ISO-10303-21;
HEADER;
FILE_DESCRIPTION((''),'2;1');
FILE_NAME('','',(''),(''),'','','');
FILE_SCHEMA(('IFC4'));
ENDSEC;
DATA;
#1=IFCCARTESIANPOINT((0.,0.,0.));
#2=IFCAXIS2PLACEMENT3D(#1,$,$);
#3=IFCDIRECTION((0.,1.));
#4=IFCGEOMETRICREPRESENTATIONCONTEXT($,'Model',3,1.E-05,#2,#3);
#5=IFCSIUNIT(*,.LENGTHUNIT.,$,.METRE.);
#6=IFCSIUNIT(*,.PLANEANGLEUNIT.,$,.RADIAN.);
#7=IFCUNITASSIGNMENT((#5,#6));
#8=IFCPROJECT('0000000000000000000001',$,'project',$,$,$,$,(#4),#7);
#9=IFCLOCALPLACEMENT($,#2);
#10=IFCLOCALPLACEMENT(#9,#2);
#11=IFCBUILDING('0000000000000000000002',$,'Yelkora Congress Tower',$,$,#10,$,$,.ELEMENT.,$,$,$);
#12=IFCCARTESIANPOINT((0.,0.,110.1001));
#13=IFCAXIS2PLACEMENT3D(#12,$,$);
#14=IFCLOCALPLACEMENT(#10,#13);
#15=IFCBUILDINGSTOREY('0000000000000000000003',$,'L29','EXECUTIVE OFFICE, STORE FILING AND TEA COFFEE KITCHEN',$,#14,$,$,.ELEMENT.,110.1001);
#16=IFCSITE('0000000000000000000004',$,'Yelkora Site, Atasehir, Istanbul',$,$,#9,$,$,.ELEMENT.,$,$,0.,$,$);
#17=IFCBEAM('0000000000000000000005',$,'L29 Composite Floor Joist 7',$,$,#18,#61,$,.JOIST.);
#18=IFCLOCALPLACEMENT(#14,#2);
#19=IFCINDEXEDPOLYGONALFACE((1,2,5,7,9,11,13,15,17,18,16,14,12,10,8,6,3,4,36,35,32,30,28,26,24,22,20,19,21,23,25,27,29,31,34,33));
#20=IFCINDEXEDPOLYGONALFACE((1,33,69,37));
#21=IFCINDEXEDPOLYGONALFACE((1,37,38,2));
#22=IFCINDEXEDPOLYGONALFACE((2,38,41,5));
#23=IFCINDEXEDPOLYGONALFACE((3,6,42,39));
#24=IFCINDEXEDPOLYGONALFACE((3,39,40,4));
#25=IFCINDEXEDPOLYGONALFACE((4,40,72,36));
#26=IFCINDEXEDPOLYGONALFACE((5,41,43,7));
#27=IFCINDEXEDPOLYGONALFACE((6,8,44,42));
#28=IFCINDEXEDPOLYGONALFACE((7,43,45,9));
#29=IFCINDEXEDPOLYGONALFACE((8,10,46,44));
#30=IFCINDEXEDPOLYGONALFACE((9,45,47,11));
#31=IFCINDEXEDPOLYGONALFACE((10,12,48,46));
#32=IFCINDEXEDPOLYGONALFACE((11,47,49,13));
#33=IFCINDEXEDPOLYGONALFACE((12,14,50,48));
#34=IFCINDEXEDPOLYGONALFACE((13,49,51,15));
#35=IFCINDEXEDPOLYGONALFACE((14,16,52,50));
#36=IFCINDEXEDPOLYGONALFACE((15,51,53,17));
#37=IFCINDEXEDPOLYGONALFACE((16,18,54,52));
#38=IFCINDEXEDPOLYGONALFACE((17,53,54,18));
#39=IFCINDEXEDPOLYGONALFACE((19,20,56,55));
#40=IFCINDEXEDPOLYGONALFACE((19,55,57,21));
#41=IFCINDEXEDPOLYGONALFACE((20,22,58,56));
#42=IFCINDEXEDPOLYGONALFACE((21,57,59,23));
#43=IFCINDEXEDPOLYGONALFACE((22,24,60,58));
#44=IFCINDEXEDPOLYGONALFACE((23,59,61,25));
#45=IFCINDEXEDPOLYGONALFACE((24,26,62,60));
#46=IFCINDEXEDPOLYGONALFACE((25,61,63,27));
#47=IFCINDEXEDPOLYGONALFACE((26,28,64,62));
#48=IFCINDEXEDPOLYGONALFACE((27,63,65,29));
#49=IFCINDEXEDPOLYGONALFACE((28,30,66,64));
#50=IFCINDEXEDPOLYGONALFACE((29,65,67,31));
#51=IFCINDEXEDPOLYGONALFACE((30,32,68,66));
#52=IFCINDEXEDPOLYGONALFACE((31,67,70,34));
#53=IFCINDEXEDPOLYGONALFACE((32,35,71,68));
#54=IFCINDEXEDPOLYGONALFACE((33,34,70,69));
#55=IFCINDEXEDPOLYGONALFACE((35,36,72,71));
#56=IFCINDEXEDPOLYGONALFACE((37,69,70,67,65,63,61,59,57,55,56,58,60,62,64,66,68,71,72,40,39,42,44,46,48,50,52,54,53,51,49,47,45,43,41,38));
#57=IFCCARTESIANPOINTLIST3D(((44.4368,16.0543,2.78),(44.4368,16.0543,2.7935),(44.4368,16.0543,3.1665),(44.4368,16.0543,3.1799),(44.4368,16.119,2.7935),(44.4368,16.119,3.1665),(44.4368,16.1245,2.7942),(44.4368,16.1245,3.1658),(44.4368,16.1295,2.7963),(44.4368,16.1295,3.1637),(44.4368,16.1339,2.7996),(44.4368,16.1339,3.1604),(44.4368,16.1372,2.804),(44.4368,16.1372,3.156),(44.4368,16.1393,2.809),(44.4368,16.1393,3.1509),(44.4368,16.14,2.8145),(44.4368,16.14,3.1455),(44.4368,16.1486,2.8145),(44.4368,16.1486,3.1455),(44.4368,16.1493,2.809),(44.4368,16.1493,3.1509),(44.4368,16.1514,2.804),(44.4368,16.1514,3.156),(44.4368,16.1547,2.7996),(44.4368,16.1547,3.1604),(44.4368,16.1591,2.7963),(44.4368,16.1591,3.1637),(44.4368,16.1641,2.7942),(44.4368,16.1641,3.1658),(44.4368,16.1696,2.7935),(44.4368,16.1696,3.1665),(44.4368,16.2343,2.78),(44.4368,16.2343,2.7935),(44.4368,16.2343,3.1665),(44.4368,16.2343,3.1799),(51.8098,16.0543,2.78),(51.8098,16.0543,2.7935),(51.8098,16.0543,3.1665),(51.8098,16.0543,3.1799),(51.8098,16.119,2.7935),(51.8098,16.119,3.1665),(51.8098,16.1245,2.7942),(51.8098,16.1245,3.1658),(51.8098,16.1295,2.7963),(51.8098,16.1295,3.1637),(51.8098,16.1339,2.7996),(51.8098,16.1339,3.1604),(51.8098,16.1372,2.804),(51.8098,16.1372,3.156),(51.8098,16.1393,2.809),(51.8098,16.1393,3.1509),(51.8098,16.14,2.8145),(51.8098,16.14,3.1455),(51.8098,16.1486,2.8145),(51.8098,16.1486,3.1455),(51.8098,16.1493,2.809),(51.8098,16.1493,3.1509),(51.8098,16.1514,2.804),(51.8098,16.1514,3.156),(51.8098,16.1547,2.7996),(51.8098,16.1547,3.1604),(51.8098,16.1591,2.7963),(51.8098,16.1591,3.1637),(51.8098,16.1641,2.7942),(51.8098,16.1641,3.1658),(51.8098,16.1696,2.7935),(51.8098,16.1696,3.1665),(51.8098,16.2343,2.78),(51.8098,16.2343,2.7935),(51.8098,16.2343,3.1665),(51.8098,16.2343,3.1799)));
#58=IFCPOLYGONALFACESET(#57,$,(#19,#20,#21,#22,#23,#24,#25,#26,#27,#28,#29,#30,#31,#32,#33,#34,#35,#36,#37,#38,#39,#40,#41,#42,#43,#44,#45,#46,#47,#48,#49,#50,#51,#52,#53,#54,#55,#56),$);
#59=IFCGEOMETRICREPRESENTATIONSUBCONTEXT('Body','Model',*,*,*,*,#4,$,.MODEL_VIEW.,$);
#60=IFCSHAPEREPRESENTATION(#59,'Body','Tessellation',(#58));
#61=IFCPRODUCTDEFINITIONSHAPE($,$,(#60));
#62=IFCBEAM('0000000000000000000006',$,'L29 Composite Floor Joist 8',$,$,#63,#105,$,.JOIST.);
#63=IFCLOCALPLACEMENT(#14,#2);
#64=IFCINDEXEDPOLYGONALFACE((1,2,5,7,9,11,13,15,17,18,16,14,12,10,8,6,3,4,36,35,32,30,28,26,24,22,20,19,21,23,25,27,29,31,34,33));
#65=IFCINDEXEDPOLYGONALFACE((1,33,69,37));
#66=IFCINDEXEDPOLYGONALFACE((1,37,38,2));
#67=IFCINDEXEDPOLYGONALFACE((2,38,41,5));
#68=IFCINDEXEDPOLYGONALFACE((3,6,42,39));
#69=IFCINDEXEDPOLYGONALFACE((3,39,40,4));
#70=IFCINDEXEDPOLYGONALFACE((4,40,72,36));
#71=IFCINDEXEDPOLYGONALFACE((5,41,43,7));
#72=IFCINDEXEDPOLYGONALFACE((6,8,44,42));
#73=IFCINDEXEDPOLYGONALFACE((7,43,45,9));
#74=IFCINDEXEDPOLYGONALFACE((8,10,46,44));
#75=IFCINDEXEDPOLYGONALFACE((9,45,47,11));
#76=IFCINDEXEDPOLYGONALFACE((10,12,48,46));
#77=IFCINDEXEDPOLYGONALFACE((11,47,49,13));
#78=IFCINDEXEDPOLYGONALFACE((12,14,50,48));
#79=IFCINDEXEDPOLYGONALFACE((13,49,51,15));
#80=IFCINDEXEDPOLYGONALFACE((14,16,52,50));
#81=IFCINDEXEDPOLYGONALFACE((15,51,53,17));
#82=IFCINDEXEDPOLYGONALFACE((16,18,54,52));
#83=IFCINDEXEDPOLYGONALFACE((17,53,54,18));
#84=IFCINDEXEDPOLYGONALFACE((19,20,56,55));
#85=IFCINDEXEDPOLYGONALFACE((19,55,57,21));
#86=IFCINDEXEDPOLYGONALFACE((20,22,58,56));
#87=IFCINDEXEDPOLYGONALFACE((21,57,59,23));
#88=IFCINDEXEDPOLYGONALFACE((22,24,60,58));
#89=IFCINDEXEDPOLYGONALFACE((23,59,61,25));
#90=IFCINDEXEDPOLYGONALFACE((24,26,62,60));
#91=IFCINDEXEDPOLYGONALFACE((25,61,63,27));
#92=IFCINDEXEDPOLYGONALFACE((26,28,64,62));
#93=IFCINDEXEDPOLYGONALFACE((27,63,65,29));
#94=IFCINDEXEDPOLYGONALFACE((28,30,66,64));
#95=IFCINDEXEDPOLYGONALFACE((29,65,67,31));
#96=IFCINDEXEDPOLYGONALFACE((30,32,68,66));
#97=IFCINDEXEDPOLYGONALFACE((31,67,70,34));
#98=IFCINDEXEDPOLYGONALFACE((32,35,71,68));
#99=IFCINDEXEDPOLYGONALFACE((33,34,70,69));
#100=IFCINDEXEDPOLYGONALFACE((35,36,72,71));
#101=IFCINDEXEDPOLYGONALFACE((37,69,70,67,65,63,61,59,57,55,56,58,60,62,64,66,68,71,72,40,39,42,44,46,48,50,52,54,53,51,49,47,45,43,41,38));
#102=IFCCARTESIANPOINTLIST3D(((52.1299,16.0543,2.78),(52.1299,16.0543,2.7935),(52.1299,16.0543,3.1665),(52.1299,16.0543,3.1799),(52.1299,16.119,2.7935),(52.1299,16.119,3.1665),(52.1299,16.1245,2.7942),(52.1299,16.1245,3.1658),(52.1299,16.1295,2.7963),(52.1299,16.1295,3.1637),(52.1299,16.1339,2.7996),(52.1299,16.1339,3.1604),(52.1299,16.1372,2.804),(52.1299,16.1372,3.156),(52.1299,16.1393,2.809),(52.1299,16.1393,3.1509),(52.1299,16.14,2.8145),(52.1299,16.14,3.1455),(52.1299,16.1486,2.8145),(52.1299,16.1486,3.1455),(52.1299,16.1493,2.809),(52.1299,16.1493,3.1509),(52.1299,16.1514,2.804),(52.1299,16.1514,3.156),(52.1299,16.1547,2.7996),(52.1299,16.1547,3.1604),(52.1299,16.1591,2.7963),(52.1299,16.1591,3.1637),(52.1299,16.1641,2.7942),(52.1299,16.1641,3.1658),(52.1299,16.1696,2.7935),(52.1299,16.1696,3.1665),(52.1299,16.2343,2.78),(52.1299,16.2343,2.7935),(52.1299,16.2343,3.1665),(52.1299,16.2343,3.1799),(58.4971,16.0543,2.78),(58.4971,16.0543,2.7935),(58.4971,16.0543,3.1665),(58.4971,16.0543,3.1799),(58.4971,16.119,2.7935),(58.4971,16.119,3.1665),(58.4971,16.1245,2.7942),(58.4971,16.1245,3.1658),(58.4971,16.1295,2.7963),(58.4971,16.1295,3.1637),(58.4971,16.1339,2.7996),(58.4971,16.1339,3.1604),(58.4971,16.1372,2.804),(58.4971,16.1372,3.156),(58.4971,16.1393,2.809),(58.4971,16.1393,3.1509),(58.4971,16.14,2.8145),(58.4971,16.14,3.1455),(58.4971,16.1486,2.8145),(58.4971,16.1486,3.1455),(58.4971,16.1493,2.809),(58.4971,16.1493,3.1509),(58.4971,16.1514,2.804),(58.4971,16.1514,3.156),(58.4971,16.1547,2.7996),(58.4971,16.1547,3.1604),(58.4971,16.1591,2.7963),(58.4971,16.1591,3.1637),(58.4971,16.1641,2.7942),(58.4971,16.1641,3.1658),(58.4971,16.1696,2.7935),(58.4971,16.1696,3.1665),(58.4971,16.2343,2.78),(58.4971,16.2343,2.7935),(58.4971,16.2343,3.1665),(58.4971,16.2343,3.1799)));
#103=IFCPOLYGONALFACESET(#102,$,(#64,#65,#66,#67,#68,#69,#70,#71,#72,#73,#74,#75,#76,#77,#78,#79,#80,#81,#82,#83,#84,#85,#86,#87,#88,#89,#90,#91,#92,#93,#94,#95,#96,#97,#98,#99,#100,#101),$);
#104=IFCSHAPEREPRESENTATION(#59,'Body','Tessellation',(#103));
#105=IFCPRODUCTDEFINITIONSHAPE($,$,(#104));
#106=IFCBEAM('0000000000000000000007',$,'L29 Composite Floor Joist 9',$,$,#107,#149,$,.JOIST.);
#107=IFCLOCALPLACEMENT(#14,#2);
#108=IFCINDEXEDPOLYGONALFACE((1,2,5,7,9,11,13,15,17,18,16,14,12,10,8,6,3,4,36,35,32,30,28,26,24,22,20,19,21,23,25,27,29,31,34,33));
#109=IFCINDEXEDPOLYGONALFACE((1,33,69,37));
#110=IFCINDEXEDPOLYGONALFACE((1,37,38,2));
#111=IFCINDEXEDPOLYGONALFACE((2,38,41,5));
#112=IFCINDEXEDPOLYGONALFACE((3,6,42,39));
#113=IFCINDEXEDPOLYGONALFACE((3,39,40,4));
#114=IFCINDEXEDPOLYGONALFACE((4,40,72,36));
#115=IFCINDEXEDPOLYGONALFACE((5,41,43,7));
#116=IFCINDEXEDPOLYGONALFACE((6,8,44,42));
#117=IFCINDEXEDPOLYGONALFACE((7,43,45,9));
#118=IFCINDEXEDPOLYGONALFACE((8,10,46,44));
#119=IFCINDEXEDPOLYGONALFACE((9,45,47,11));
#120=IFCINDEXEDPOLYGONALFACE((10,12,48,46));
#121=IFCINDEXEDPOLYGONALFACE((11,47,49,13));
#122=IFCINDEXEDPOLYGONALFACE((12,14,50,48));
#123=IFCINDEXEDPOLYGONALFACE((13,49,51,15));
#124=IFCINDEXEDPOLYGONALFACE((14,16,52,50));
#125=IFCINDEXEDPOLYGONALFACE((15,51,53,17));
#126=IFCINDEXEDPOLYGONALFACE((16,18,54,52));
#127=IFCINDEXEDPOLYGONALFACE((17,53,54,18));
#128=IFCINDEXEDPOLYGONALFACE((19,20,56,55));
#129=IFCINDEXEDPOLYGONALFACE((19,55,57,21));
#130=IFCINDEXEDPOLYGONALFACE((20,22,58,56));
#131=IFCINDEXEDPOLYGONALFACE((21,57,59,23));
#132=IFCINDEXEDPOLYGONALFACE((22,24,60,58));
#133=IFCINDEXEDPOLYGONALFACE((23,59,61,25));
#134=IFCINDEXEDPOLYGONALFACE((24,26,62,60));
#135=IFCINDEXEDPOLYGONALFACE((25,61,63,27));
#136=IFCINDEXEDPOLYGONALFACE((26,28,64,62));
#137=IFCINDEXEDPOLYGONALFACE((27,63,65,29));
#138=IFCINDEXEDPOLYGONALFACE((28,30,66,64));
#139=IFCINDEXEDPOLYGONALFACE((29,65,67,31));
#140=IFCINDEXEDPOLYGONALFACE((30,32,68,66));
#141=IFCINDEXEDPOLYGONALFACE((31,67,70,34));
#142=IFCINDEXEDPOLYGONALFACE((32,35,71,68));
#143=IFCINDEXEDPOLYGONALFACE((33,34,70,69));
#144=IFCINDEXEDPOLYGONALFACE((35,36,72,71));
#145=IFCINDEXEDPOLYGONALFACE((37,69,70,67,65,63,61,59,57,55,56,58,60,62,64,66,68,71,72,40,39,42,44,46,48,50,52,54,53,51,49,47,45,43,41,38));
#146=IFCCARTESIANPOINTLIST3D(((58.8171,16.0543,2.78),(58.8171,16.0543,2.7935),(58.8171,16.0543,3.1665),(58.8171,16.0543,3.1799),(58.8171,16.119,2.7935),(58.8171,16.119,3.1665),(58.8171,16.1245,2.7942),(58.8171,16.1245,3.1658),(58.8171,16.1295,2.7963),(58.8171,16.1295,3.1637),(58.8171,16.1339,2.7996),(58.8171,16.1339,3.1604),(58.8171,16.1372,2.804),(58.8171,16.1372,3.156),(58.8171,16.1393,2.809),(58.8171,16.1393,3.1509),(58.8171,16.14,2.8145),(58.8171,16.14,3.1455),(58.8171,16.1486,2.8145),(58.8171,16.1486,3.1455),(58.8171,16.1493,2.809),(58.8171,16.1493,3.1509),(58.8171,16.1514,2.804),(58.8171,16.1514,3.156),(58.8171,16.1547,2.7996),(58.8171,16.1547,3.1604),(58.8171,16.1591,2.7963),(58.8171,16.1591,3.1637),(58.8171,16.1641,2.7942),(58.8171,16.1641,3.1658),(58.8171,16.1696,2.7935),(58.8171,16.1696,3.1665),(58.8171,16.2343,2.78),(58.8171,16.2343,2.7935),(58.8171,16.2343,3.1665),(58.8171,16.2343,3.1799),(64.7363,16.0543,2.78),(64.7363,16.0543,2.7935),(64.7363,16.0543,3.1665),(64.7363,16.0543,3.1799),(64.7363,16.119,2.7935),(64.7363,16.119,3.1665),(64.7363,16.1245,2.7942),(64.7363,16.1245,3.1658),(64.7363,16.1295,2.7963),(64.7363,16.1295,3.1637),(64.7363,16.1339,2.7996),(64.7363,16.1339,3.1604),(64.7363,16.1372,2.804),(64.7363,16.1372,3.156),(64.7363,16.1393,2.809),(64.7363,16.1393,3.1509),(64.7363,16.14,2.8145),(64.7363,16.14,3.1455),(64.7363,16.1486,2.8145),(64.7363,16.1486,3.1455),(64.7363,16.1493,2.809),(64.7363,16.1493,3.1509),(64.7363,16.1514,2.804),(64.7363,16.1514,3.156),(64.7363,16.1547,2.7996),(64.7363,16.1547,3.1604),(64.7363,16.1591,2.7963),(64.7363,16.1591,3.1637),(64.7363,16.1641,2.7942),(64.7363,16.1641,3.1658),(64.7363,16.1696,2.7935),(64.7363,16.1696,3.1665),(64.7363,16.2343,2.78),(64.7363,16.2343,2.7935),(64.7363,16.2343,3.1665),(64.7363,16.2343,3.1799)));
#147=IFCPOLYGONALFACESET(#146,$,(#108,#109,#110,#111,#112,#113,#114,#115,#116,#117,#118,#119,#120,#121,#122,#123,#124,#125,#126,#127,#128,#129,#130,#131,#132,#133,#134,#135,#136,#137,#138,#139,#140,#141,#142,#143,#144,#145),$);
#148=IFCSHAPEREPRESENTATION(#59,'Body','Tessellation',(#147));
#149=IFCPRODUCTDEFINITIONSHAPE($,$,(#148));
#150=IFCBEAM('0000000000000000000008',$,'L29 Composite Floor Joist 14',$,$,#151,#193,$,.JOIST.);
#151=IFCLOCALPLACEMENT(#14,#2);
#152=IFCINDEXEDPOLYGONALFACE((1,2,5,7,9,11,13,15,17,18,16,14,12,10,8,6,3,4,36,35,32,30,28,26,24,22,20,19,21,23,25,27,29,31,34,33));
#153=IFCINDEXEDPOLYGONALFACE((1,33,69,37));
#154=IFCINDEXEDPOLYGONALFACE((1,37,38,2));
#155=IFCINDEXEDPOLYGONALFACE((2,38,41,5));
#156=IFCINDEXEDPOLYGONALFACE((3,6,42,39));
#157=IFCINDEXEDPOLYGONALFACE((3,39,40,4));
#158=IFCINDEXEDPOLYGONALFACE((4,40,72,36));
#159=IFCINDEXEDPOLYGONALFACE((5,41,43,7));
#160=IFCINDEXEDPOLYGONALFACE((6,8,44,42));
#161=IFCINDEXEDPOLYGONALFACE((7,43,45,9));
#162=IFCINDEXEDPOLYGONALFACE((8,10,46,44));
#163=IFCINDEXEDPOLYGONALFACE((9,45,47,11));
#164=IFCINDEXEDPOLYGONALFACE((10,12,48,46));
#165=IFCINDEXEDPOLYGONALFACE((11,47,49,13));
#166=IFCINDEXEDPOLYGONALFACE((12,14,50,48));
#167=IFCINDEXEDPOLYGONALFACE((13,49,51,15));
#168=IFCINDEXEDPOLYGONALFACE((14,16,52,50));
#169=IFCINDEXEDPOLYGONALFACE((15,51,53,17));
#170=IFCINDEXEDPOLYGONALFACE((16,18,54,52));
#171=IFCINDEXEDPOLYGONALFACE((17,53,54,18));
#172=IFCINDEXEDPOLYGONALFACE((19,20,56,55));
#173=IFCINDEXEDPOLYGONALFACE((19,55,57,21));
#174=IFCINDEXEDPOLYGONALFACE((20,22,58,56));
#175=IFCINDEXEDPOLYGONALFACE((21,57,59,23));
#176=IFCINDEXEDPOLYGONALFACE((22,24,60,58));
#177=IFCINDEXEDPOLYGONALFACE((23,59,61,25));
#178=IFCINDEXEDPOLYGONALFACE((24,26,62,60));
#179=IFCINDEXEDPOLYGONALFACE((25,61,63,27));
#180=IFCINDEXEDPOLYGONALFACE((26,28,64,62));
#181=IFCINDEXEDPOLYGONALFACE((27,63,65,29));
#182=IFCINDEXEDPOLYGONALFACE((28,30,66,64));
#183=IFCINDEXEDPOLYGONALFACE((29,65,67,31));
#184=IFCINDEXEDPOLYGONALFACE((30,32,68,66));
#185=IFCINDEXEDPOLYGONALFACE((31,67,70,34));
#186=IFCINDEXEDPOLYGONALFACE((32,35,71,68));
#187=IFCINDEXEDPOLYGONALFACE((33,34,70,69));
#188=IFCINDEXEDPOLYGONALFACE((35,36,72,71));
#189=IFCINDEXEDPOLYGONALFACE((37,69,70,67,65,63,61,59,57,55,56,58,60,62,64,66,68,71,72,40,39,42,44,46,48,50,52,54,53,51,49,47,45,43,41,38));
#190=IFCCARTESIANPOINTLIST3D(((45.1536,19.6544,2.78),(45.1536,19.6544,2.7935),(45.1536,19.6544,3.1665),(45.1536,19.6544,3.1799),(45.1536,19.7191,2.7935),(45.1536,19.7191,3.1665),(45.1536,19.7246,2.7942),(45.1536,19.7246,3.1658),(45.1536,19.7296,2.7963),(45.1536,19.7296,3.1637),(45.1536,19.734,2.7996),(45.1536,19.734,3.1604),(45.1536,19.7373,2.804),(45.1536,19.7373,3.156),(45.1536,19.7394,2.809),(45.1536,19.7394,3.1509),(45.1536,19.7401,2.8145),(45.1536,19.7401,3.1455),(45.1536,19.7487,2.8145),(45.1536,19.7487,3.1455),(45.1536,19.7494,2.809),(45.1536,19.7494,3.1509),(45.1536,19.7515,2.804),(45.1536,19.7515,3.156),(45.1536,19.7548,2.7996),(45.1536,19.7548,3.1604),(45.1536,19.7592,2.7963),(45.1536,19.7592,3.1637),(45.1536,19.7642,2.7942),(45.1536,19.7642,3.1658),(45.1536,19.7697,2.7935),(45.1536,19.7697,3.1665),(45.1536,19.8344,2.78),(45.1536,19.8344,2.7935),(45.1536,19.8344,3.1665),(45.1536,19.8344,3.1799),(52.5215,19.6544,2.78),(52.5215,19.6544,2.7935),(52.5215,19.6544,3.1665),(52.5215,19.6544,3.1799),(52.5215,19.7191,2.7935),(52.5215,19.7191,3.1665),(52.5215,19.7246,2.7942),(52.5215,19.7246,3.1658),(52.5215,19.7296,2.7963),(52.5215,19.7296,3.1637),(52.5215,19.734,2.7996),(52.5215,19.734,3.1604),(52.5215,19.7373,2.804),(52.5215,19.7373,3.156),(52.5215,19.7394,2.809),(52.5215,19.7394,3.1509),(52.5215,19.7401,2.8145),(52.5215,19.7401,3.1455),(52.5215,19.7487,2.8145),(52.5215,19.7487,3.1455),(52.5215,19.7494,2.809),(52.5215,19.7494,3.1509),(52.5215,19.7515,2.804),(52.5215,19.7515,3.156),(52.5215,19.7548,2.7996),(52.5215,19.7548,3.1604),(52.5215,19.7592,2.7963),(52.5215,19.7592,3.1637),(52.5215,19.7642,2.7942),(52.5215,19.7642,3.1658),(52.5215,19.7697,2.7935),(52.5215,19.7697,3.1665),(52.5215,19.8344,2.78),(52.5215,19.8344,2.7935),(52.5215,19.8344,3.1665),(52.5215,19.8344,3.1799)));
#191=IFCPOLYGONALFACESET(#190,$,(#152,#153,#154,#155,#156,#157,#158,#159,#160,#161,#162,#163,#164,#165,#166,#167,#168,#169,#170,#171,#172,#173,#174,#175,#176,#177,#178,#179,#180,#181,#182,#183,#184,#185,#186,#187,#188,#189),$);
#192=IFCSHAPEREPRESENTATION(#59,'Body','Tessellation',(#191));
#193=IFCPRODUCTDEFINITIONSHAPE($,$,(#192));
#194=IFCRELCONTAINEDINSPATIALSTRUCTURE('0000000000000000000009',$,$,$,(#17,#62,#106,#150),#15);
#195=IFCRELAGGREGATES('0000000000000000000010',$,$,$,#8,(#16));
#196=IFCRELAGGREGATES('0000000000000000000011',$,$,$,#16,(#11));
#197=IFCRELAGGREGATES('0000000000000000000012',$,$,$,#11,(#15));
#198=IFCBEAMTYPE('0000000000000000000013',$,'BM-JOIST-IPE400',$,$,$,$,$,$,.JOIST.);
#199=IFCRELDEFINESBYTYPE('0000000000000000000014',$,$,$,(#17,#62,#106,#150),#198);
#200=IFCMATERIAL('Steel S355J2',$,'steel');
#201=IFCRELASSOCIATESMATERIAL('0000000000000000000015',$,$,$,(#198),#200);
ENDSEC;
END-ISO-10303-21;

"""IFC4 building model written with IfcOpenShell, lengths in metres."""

from ifc_helpers import new_model, si_unit, direction, frame, origin, origin_2d, place, context, subcontext, project, spatial, i_section, extrude, material, material_profile, profile_set, type_object, element, save


model = new_model("IFC4")

# Units and contexts
model_context = context("Model", 3, precision=1e-05, world=origin(), true_north=direction((0.0, 1.0)))
body_context = subcontext(model_context, "Body", "Model", "MODEL_VIEW")
ifc_project = project(units=[si_unit("LENGTHUNIT", "METRE"), si_unit("PLANEANGLEUNIT", "RADIAN")], contexts=[model_context])

# Site, building, storey
site_placement = place(None, origin())
site = spatial("IfcSite", under=ifc_project, at=site_placement, Name="Yelkora Site, Atasehir, Istanbul", CompositionType="ELEMENT", RefElevation=0.0)
building_placement = place(site_placement, origin())
building = spatial("IfcBuilding", under=site, at=building_placement, Name="Yelkora Congress Tower", CompositionType="ELEMENT")
storey_placement = place(building_placement, frame((0.0, 0.0, 110.1001)))
storey = spatial("IfcBuildingStorey", under=building, at=storey_placement, Name="L29", Description="EXECUTIVE OFFICE, STORE FILING AND TEA COFFEE KITCHEN", CompositionType="ELEMENT", Elevation=110.1001)

# Beams
ifc_material_1 = material(Name="Steel S355J2", Category="steel")
ifc_material_profile_1 = material_profile(ifc_material_1, i_section(OverallWidth=0.1799, OverallDepth=0.3999, WebThickness=0.0085, FlangeThickness=0.0134, FilletRadius=0.021, at=origin_2d()), Name="IPE 400")
ifc_profile_set_1 = profile_set([ifc_material_profile_1], Name="Steel S355J2")
beam_type_1 = type_object("IfcBeamType", Name="BM-JOIST-IPE400", PredefinedType="JOIST", material=ifc_profile_set_1)
beam_1_placement = place(storey_placement, frame((44.4368, 16.1443, 2.98), z_axis=(1.0, 0.0, 0.0), x_axis=(0.0, 1.0, 0.0)))
element("IfcBeam", 1, at=beam_1_placement, inside=storey, type_object=beam_type_1, Name="L29 Composite Floor Joist 7", PredefinedType="JOIST", context=body_context, shape_type="SweptSolid", body=[
    extrude(i_section(OverallWidth=0.1799, OverallDepth=0.3999, WebThickness=0.0085, FlangeThickness=0.0134, FilletRadius=0.021, at=origin_2d()), origin(), (0.0, 0.0, 1.0), 7.373),
])
beam_2_placement = place(storey_placement, frame((52.1299, 16.1443, 2.98), z_axis=(1.0, 0.0, 0.0), x_axis=(0.0, 1.0, 0.0)))
element("IfcBeam", 2, at=beam_2_placement, inside=storey, type_object=beam_type_1, Name="L29 Composite Floor Joist 8", PredefinedType="JOIST", context=body_context, shape_type="SweptSolid", body=[
    extrude(i_section(OverallWidth=0.1799, OverallDepth=0.3999, WebThickness=0.0085, FlangeThickness=0.0134, FilletRadius=0.021, at=origin_2d()), origin(), (0.0, 0.0, 1.0), 6.3672),
])
beam_3_placement = place(storey_placement, frame((58.8171, 16.1443, 2.98), z_axis=(1.0, 0.0, 0.0), x_axis=(0.0, 1.0, 0.0)))
element("IfcBeam", 3, at=beam_3_placement, inside=storey, type_object=beam_type_1, Name="L29 Composite Floor Joist 9", PredefinedType="JOIST", context=body_context, shape_type="SweptSolid", body=[
    extrude(i_section(OverallWidth=0.1799, OverallDepth=0.3999, WebThickness=0.0085, FlangeThickness=0.0134, FilletRadius=0.021, at=origin_2d()), origin(), (0.0, 0.0, 1.0), 5.9192),
])
beam_4_placement = place(storey_placement, frame((45.1536, 19.7444, 2.98), z_axis=(1.0, 0.0, 0.0), x_axis=(0.0, 1.0, 0.0)))
element("IfcBeam", 4, at=beam_4_placement, inside=storey, type_object=beam_type_1, Name="L29 Composite Floor Joist 14", PredefinedType="JOIST", context=body_context, shape_type="SweptSolid", body=[
    extrude(i_section(OverallWidth=0.1799, OverallDepth=0.3999, WebThickness=0.0085, FlangeThickness=0.0134, FilletRadius=0.021, at=origin_2d()), origin(), (0.0, 0.0, 1.0), 7.3679),
])

save(model, "model.ifc")
